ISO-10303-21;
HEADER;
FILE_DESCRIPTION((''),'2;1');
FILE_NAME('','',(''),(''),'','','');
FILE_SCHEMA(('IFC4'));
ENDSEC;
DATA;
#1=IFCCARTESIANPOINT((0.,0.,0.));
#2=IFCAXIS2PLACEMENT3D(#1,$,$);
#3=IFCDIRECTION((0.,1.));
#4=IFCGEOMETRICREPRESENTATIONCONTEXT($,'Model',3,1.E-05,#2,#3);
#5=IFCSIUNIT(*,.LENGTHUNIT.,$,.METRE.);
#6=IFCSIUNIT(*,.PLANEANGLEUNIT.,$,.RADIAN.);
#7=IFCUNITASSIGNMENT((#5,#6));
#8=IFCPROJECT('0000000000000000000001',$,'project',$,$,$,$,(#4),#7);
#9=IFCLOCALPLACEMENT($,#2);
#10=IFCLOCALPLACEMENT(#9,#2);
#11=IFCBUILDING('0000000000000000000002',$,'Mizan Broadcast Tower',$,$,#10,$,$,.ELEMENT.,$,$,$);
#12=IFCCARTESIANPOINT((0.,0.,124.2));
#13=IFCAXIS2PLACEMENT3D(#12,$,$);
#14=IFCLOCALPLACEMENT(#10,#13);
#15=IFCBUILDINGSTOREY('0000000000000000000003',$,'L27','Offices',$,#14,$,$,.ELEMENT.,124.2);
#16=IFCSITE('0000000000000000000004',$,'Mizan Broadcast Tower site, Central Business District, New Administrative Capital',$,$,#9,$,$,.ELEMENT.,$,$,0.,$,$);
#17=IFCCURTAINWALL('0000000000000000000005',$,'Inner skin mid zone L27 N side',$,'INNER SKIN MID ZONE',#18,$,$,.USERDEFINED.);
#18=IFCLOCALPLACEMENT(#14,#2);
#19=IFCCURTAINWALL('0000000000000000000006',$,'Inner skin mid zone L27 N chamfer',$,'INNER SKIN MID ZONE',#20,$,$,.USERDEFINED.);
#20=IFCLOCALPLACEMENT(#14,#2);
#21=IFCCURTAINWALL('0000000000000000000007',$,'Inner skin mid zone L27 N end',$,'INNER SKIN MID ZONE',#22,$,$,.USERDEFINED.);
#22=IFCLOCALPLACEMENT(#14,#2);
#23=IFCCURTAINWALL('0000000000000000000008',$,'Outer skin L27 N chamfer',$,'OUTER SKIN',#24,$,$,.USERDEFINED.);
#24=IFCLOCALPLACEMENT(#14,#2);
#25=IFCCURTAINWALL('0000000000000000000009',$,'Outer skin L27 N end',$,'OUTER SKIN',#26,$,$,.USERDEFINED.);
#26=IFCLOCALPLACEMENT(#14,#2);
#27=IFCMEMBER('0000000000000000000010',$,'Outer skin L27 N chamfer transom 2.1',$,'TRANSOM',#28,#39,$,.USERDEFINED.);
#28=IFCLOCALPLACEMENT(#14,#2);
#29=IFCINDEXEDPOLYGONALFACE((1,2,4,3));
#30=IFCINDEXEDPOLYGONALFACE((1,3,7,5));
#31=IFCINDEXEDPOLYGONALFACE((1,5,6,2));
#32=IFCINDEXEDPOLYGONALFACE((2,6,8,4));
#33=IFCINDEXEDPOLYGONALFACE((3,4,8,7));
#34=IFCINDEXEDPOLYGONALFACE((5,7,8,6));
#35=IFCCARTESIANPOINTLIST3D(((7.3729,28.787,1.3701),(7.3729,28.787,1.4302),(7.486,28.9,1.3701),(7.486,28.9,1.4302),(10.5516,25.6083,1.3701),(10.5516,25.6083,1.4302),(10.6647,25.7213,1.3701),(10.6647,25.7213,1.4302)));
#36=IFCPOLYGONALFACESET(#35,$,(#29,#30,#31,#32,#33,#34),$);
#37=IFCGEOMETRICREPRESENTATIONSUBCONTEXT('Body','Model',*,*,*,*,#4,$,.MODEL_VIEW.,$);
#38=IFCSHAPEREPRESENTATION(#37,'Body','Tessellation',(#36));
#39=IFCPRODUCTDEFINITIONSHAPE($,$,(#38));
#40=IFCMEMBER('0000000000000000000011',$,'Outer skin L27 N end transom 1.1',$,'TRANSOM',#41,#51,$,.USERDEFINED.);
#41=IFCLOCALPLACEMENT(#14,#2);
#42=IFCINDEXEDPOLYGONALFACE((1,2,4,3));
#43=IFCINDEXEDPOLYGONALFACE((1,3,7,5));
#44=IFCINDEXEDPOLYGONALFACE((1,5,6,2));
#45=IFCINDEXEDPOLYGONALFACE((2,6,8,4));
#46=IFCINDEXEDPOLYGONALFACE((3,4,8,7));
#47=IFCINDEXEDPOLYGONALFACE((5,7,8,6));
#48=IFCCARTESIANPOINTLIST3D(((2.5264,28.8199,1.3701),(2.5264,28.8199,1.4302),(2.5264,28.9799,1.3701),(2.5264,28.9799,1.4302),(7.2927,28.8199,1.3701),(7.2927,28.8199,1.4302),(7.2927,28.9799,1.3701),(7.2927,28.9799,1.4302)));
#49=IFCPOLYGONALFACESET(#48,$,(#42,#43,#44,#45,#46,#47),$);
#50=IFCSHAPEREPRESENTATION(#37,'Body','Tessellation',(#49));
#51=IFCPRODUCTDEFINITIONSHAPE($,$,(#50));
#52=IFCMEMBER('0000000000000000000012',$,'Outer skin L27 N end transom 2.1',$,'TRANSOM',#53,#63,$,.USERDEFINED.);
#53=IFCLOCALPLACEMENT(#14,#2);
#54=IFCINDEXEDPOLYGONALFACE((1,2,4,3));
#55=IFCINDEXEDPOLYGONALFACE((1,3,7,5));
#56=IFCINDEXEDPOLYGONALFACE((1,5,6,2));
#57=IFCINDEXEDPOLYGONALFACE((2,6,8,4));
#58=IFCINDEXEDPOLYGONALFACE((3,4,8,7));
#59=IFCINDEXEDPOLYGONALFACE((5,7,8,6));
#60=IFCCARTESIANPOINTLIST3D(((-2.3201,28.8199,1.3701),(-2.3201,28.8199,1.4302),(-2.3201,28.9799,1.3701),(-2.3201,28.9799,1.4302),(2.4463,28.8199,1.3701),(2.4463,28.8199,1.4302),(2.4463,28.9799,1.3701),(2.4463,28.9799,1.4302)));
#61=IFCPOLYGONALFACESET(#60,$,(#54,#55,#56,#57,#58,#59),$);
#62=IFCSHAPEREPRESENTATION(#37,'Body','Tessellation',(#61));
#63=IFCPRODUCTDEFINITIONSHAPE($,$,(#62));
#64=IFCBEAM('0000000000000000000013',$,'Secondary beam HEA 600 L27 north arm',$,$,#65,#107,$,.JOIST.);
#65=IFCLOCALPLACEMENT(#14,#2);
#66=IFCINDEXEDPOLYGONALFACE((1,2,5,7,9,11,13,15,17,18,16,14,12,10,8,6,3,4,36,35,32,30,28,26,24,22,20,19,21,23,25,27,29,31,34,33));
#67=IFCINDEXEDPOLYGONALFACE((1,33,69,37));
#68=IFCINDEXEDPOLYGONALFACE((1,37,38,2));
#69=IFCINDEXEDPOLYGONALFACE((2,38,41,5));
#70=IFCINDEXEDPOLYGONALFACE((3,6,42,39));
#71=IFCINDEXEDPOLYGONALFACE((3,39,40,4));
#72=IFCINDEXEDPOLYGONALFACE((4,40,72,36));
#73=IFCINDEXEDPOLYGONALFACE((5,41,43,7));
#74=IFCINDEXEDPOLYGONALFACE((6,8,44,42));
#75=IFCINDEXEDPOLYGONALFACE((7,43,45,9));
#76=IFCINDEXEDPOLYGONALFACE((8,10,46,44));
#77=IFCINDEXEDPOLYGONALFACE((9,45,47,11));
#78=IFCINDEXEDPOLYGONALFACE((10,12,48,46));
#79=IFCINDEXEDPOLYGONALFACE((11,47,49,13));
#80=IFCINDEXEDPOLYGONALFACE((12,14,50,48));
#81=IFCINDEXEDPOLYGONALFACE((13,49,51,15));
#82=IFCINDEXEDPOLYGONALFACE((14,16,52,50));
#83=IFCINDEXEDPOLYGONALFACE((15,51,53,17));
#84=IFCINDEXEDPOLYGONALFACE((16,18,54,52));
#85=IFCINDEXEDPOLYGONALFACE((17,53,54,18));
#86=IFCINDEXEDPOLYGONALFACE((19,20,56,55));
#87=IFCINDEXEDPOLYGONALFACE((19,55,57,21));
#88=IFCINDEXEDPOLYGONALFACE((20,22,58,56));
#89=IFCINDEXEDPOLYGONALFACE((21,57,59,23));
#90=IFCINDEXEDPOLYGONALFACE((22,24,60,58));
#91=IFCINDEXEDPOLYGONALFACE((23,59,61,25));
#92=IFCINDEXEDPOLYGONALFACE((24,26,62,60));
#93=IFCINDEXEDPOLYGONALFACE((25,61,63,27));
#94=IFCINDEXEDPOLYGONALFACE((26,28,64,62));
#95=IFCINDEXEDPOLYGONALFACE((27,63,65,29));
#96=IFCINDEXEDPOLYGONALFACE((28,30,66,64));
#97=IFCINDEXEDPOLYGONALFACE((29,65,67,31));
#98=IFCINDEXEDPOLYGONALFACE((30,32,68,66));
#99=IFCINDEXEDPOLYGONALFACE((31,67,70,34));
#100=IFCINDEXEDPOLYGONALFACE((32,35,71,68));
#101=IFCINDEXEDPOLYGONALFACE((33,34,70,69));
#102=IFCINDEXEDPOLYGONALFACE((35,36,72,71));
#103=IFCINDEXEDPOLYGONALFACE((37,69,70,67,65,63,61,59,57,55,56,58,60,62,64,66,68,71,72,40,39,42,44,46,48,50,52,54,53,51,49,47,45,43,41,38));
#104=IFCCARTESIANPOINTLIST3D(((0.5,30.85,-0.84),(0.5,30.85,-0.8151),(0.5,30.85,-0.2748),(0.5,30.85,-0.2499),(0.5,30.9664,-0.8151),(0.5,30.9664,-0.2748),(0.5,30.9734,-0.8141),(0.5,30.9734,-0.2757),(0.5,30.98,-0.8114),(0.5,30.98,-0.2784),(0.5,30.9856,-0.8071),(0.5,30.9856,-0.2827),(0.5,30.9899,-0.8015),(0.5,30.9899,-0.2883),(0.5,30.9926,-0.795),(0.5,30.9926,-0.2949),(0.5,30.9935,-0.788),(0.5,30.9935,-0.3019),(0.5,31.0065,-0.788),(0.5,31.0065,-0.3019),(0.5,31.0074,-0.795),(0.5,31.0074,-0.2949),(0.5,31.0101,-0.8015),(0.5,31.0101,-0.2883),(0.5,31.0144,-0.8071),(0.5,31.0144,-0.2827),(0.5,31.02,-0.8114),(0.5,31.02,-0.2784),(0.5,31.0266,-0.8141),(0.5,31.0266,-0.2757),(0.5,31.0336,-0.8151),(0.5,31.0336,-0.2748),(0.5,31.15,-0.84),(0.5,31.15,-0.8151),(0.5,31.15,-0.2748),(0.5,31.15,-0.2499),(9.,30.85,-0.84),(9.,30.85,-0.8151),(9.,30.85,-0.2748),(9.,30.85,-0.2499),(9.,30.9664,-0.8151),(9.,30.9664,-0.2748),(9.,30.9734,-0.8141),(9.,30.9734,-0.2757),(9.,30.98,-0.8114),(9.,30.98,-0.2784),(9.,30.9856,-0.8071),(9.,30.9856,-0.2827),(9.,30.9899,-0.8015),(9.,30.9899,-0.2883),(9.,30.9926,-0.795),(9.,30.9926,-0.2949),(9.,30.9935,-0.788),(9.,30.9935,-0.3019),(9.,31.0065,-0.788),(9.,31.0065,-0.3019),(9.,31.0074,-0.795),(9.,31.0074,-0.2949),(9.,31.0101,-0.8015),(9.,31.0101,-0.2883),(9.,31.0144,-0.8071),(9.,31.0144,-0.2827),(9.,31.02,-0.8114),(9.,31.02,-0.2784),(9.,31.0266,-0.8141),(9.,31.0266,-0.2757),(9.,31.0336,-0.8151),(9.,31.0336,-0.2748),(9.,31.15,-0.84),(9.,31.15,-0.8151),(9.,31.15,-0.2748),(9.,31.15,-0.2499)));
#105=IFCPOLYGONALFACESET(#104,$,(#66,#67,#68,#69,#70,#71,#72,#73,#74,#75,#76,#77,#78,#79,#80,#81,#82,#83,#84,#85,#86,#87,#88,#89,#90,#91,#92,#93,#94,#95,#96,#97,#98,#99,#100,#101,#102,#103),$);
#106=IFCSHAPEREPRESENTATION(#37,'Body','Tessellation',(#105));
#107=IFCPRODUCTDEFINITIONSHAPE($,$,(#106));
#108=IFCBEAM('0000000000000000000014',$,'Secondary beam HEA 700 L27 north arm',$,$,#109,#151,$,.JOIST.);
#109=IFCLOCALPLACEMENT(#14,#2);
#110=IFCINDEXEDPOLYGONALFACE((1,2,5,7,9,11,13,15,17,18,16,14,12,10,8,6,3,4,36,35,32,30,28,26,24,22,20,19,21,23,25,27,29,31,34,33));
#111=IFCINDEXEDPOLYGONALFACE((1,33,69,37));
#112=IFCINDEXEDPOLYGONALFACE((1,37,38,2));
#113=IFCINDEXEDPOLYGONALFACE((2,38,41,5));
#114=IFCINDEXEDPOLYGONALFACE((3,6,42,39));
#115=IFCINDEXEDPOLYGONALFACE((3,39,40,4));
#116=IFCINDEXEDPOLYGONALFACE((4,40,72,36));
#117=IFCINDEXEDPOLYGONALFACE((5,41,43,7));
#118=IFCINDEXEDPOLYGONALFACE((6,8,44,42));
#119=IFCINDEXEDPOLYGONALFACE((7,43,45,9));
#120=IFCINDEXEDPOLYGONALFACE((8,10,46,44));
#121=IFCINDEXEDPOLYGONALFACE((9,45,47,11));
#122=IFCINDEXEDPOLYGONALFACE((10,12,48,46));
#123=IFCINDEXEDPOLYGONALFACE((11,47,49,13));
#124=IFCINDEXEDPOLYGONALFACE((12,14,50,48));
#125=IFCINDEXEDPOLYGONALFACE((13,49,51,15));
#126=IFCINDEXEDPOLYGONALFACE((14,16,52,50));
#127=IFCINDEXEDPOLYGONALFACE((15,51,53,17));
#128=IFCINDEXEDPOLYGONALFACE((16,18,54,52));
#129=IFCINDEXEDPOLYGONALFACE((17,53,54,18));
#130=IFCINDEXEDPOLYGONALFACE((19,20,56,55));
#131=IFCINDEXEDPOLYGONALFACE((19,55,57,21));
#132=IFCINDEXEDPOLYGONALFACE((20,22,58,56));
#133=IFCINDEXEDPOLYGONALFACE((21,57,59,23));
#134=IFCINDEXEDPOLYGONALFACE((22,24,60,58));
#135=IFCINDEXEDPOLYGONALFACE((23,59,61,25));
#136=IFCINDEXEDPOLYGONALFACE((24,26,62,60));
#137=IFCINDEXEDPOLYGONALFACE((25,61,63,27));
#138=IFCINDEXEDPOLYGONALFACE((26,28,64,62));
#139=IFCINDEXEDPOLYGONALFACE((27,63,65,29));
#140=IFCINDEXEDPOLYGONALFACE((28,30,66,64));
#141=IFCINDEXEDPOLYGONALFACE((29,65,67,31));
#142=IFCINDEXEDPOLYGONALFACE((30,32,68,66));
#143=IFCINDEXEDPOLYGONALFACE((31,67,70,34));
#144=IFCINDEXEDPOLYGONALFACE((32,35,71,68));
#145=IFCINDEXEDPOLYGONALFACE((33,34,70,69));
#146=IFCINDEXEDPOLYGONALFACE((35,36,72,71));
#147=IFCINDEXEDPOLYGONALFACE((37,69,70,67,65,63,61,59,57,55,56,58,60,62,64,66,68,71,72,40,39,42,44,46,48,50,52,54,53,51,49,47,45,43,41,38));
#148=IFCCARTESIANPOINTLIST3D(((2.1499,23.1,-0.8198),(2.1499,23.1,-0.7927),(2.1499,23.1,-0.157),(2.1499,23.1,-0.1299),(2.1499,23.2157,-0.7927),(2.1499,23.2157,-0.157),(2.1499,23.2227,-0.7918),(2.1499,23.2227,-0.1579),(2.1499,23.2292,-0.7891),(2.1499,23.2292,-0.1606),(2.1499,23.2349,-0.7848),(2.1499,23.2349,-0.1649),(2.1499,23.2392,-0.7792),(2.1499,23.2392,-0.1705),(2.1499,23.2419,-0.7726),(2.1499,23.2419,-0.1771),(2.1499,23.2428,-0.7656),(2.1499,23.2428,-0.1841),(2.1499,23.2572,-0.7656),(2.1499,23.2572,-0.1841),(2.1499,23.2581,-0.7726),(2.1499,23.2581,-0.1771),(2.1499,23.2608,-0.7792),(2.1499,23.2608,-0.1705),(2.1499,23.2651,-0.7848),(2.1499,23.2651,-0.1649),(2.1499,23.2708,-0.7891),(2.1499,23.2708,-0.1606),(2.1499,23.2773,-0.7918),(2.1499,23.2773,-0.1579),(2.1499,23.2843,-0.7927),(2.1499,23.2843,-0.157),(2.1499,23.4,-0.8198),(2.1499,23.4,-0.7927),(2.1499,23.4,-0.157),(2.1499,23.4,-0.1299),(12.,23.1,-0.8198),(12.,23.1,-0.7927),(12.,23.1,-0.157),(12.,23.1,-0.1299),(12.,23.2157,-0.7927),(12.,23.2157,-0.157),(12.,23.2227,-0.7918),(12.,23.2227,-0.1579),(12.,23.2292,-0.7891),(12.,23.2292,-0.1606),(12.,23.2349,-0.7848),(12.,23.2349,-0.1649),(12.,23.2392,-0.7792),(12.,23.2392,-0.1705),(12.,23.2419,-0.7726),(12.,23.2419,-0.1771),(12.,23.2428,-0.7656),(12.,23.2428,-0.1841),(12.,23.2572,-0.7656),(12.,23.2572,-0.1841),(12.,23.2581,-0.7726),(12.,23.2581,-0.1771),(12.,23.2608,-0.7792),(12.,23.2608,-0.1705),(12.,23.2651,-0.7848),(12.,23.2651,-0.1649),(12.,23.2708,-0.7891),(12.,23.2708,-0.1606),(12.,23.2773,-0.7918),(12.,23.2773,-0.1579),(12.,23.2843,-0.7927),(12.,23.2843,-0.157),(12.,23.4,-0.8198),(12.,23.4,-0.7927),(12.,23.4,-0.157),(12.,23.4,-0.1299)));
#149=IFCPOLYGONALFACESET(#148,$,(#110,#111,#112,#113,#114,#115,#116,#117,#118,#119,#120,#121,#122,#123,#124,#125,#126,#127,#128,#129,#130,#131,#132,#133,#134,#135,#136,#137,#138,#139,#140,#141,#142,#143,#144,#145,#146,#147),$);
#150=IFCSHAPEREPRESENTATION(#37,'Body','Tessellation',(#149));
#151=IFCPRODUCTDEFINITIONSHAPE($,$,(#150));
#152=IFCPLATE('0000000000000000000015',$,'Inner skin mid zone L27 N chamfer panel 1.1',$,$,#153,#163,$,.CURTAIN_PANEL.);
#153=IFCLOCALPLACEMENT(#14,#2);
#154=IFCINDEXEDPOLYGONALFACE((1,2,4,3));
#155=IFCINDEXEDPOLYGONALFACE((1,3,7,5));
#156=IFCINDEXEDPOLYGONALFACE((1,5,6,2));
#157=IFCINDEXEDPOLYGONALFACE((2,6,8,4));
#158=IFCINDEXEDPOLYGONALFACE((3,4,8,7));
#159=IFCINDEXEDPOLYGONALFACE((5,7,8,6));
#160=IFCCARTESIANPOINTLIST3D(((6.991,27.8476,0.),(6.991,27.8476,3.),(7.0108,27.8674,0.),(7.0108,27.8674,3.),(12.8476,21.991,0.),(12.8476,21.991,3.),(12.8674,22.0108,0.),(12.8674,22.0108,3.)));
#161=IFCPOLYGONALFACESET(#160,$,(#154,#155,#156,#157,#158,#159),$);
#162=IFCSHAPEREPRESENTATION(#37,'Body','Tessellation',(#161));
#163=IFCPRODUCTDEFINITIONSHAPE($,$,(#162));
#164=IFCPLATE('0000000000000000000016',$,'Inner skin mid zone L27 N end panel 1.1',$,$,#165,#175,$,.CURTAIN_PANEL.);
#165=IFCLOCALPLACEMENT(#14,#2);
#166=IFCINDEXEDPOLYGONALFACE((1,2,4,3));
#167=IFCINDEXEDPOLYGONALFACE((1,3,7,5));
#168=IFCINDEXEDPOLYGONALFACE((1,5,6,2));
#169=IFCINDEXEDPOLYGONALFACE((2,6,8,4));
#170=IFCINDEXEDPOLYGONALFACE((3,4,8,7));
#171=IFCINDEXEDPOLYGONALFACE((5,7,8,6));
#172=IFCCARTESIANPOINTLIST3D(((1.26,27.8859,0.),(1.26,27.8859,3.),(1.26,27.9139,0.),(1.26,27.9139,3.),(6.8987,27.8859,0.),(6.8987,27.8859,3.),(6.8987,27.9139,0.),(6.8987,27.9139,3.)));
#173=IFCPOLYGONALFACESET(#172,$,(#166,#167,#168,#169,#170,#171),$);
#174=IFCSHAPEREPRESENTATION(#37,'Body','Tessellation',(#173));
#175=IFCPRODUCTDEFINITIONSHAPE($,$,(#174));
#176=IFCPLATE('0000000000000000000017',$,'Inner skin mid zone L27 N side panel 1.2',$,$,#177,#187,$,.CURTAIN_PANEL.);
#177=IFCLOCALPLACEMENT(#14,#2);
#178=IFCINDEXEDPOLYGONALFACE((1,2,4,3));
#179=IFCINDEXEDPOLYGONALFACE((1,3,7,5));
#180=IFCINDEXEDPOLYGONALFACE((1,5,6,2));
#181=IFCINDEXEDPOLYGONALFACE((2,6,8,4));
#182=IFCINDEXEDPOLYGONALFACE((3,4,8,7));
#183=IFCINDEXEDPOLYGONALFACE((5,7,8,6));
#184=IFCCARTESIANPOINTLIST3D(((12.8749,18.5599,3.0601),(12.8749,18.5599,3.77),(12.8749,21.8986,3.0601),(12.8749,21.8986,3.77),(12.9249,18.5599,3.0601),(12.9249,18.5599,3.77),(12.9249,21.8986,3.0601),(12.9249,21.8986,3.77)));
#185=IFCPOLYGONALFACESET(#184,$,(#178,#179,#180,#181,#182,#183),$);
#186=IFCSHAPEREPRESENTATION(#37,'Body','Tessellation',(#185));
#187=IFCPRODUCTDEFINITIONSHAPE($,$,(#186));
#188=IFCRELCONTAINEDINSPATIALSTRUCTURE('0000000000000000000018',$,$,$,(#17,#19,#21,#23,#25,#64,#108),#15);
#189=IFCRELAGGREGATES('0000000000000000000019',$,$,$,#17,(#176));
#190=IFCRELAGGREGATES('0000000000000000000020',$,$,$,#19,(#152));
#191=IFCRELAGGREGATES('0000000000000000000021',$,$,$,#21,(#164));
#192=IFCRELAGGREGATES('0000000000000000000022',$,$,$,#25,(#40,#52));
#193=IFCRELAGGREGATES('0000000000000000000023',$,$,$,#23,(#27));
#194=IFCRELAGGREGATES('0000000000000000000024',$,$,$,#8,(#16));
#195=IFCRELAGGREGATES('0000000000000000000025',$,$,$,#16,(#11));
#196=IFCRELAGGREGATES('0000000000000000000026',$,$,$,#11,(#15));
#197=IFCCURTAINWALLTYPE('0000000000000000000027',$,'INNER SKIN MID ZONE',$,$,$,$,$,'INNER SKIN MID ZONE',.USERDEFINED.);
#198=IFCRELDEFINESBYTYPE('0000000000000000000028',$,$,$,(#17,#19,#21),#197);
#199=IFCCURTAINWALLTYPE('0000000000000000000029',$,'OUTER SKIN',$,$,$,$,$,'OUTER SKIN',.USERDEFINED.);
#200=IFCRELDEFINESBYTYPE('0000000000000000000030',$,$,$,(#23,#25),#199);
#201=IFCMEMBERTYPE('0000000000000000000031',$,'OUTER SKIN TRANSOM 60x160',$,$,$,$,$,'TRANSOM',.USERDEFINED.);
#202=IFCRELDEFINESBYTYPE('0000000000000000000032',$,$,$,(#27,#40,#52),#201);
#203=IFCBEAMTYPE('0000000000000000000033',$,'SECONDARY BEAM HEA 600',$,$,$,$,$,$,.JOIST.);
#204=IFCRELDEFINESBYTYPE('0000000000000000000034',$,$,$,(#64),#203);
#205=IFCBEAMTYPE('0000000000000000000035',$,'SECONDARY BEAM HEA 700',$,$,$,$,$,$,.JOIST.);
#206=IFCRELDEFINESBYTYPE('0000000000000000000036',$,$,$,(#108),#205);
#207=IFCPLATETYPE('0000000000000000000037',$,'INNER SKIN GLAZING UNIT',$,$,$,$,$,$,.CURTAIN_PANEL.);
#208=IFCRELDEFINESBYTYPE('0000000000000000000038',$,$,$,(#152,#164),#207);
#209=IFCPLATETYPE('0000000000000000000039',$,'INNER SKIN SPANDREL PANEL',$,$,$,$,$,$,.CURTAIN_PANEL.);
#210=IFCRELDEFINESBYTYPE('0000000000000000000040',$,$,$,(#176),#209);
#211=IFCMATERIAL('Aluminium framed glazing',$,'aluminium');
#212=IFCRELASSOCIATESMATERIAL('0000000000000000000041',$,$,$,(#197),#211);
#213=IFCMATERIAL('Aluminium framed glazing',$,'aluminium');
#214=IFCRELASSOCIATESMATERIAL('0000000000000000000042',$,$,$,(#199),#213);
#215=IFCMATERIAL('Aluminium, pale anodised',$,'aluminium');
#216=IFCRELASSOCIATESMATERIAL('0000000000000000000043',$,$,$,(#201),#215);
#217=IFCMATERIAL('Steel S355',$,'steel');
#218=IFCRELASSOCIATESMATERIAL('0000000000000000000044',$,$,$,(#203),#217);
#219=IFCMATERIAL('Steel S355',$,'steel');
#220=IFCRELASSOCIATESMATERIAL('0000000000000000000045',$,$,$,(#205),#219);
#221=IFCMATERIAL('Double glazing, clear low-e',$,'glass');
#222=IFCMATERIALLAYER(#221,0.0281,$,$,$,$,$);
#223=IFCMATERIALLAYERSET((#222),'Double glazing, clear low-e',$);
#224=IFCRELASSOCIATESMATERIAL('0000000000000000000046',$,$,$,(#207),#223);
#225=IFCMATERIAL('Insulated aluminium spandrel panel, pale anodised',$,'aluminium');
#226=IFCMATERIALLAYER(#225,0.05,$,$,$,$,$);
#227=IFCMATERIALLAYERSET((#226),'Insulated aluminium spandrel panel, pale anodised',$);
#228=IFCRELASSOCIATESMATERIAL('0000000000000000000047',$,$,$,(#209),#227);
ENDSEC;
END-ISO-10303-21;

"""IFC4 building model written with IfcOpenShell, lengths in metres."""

from ifc_helpers import new_model, si_unit, direction, frame, origin, origin_2d, place, context, subcontext, project, spatial, rectangle, i_section, extrude, material, layer, layer_set, material_profile, profile_set, type_object, element, aggregate, save


model = new_model("IFC4")

# Units and contexts
model_context = context("Model", 3, precision=1e-05, world=origin(), true_north=direction((0.0, 1.0)))
body_context = subcontext(model_context, "Body", "Model", "MODEL_VIEW")
ifc_project = project(units=[si_unit("LENGTHUNIT", "METRE"), si_unit("PLANEANGLEUNIT", "RADIAN")], contexts=[model_context])

# Site, building, storey
site_placement = place(None, origin())
site = spatial("IfcSite", under=ifc_project, at=site_placement, Name="Mizan Broadcast Tower site, Central Business District, New Administrative Capital", CompositionType="ELEMENT", RefElevation=0.0)
building_placement = place(site_placement, origin())
building = spatial("IfcBuilding", under=site, at=building_placement, Name="Mizan Broadcast Tower", CompositionType="ELEMENT")
storey_placement = place(building_placement, frame((0.0, 0.0, 124.2)))
storey = spatial("IfcBuildingStorey", under=building, at=storey_placement, Name="L27", Description="Offices", CompositionType="ELEMENT", Elevation=124.2)

# Curtain walls
ifc_material_1 = material(Name="Aluminium framed glazing", Category="aluminium")
curtain_wall_type_1 = type_object("IfcCurtainWallType", Name="INNER SKIN MID ZONE", ElementType="INNER SKIN MID ZONE", PredefinedType="USERDEFINED", material=ifc_material_1)
curtain_wall_1_placement = place(storey_placement, origin())
curtain_wall_1 = element("IfcCurtainWall", 1, at=curtain_wall_1_placement, inside=storey, type_object=curtain_wall_type_1, Name="Inner skin mid zone L27 N side", ObjectType="INNER SKIN MID ZONE", PredefinedType="USERDEFINED")
curtain_wall_2_placement = place(storey_placement, origin())
curtain_wall_2 = element("IfcCurtainWall", 2, at=curtain_wall_2_placement, inside=storey, type_object=curtain_wall_type_1, Name="Inner skin mid zone L27 N chamfer", ObjectType="INNER SKIN MID ZONE", PredefinedType="USERDEFINED")
curtain_wall_3_placement = place(storey_placement, origin())
curtain_wall_3 = element("IfcCurtainWall", 3, at=curtain_wall_3_placement, inside=storey, type_object=curtain_wall_type_1, Name="Inner skin mid zone L27 N end", ObjectType="INNER SKIN MID ZONE", PredefinedType="USERDEFINED")

# Curtain wall
ifc_material_2 = material(Name="Aluminium framed glazing", Category="aluminium")
curtain_wall_type_2 = type_object("IfcCurtainWallType", Name="OUTER SKIN", ElementType="OUTER SKIN", PredefinedType="USERDEFINED", material=ifc_material_2)
curtain_wall_4_placement = place(storey_placement, origin())
curtain_wall_4 = element("IfcCurtainWall", 4, at=curtain_wall_4_placement, inside=storey, type_object=curtain_wall_type_2, Name="Outer skin L27 N chamfer", ObjectType="OUTER SKIN", PredefinedType="USERDEFINED")

# Curtain wall
curtain_wall_5_placement = place(storey_placement, origin())
curtain_wall_5 = element("IfcCurtainWall", 5, at=curtain_wall_5_placement, inside=storey, type_object=curtain_wall_type_2, Name="Outer skin L27 N end", ObjectType="OUTER SKIN", PredefinedType="USERDEFINED")

# Members
ifc_material_3 = material(Name="Aluminium, pale anodised", Category="aluminium")
ifc_material_profile_1 = material_profile(ifc_material_3, rectangle(XDim=0.1599, YDim=0.0601, at=origin_2d()), Name="TRANSOM 160x60")
ifc_profile_set_1 = profile_set([ifc_material_profile_1], Name="Aluminium, pale anodised")
member_type_1 = type_object("IfcMemberType", Name="OUTER SKIN TRANSOM 60x160", ElementType="TRANSOM", PredefinedType="USERDEFINED", material=ifc_profile_set_1)
member_1_placement = place(storey_placement, frame((10.6082, 25.6648, 1.4001), z_axis=(-0.707107, 0.707107, 0.0), x_axis=(-0.707107, -0.707107, 0.0)))
member_1 = element("IfcMember", 6, at=member_1_placement, type_object=member_type_1, Name="Outer skin L27 N chamfer transom 2.1", ObjectType="TRANSOM", PredefinedType="USERDEFINED", context=body_context, shape_type="SweptSolid", body=[
    extrude(rectangle(XDim=0.1599, YDim=0.0601, at=origin_2d()), origin(), (0.0, 0.0, 1.0), 4.4954),
])
member_2_placement = place(storey_placement, frame((7.2927, 28.8999, 1.4001), z_axis=(-1.0, 0.0, 0.0), x_axis=(0.0, -1.0, 0.0)))
member_2 = element("IfcMember", 7, at=member_2_placement, type_object=member_type_1, Name="Outer skin L27 N end transom 1.1", ObjectType="TRANSOM", PredefinedType="USERDEFINED", context=body_context, shape_type="SweptSolid", body=[
    extrude(rectangle(XDim=0.1599, YDim=0.0601, at=origin_2d()), origin(), (0.0, 0.0, 1.0), 4.7664),
])
member_3_placement = place(storey_placement, frame((2.4463, 28.8999, 1.4001), z_axis=(-1.0, 0.0, 0.0), x_axis=(0.0, -1.0, 0.0)))
member_3 = element("IfcMember", 8, at=member_3_placement, type_object=member_type_1, Name="Outer skin L27 N end transom 2.1", ObjectType="TRANSOM", PredefinedType="USERDEFINED", context=body_context, shape_type="SweptSolid", body=[
    extrude(rectangle(XDim=0.1599, YDim=0.0601, at=origin_2d()), origin(), (0.0, 0.0, 1.0), 4.7664),
])

# Beams
ifc_material_4 = material(Name="Steel S355", Category="steel")
ifc_material_profile_2 = material_profile(ifc_material_4, i_section(OverallWidth=0.3, OverallDepth=0.5901, WebThickness=0.0129, FlangeThickness=0.0249, FilletRadius=0.0271, at=origin_2d()), Name="HEA 600")
ifc_profile_set_2 = profile_set([ifc_material_profile_2], Name="Steel S355")
beam_type_1 = type_object("IfcBeamType", Name="SECONDARY BEAM HEA 600", PredefinedType="JOIST", material=ifc_profile_set_2)
beam_1_placement = place(storey_placement, frame((9.0, 31.0, -0.5449), z_axis=(-1.0, 0.0, 0.0), x_axis=(0.0, -1.0, 0.0)))
element("IfcBeam", 9, at=beam_1_placement, inside=storey, type_object=beam_type_1, Name="Secondary beam HEA 600 L27 north arm", PredefinedType="JOIST", context=body_context, shape_type="SweptSolid", body=[
    extrude(i_section(OverallWidth=0.3, OverallDepth=0.5901, WebThickness=0.0129, FlangeThickness=0.0249, FilletRadius=0.0271, at=origin_2d()), origin(), (0.0, 0.0, 1.0), 8.5),
])
ifc_material_5 = material(Name="Steel S355", Category="steel")
ifc_material_profile_3 = material_profile(ifc_material_5, i_section(OverallWidth=0.3, OverallDepth=0.6899, WebThickness=0.0144, FlangeThickness=0.0271, FilletRadius=0.0271, at=origin_2d()), Name="HEA 700")
ifc_profile_set_3 = profile_set([ifc_material_profile_3], Name="Steel S355")
beam_type_2 = type_object("IfcBeamType", Name="SECONDARY BEAM HEA 700", PredefinedType="JOIST", material=ifc_profile_set_3)
beam_2_placement = place(storey_placement, frame((12.0, 23.25, -0.4749), z_axis=(-1.0, 0.0, 0.0), x_axis=(0.0, -1.0, 0.0)))
element("IfcBeam", 10, at=beam_2_placement, inside=storey, type_object=beam_type_2, Name="Secondary beam HEA 700 L27 north arm", PredefinedType="JOIST", context=body_context, shape_type="SweptSolid", body=[
    extrude(i_section(OverallWidth=0.3, OverallDepth=0.6899, WebThickness=0.0144, FlangeThickness=0.0271, FilletRadius=0.0271, at=origin_2d()), origin(), (0.0, 0.0, 1.0), 9.8501),
])

# Plates
ifc_material_6 = material(Name="Double glazing, clear low-e", Category="glass")
ifc_layer_1 = layer(ifc_material_6, 0.0281)
ifc_layer_set_1 = layer_set([ifc_layer_1], Name="Double glazing, clear low-e")
plate_type_1 = type_object("IfcPlateType", Name="INNER SKIN GLAZING UNIT", PredefinedType="CURTAIN_PANEL", material=ifc_layer_set_1)
plate_1_placement = place(storey_placement, frame((9.9292, 24.9292, 0.0), z_axis=(0.0, 0.0, 1.0), x_axis=(-0.707107, 0.707107, 0.0)))
plate_1 = element("IfcPlate", 11, at=plate_1_placement, type_object=plate_type_1, Name="Inner skin mid zone L27 N chamfer panel 1.1", PredefinedType="CURTAIN_PANEL", context=body_context, shape_type="SweptSolid", body=[
    extrude(rectangle(XDim=8.2825, YDim=0.0281, at=origin_2d()), origin(), (0.0, 0.0, 1.0), 3.0),
])
plate_2_placement = place(storey_placement, frame((4.0793, 27.8999, 0.0), z_axis=(0.0, 0.0, 1.0), x_axis=(-1.0, 0.0, 0.0)))
plate_2 = element("IfcPlate", 12, at=plate_2_placement, type_object=plate_type_1, Name="Inner skin mid zone L27 N end panel 1.1", PredefinedType="CURTAIN_PANEL", context=body_context, shape_type="SweptSolid", body=[
    extrude(rectangle(XDim=5.6387, YDim=0.0281, at=origin_2d()), origin(), (0.0, 0.0, 1.0), 3.0),
])
ifc_material_7 = material(Name="Insulated aluminium spandrel panel, pale anodised", Category="aluminium")
ifc_layer_2 = layer(ifc_material_7, 0.05)
ifc_layer_set_2 = layer_set([ifc_layer_2], Name="Insulated aluminium spandrel panel, pale anodised")
plate_type_2 = type_object("IfcPlateType", Name="INNER SKIN SPANDREL PANEL", PredefinedType="CURTAIN_PANEL", material=ifc_layer_set_2)
plate_3_placement = place(storey_placement, frame((12.8999, 20.2292, 3.0601), z_axis=(0.0, 0.0, 1.0), x_axis=(0.0, 1.0, 0.0)))
plate_3 = element("IfcPlate", 13, at=plate_3_placement, type_object=plate_type_2, Name="Inner skin mid zone L27 N side panel 1.2", PredefinedType="CURTAIN_PANEL", context=body_context, shape_type="SweptSolid", body=[
    extrude(rectangle(XDim=3.3386, YDim=0.05, at=origin_2d()), origin(), (0.0, 0.0, 1.0), 0.71),
])
aggregate(curtain_wall_1, [plate_3])
aggregate(curtain_wall_2, [plate_1])
aggregate(curtain_wall_3, [plate_2])

aggregate(curtain_wall_5, [member_2, member_3])
aggregate(curtain_wall_4, [member_1])

save(model, "model.ifc")
